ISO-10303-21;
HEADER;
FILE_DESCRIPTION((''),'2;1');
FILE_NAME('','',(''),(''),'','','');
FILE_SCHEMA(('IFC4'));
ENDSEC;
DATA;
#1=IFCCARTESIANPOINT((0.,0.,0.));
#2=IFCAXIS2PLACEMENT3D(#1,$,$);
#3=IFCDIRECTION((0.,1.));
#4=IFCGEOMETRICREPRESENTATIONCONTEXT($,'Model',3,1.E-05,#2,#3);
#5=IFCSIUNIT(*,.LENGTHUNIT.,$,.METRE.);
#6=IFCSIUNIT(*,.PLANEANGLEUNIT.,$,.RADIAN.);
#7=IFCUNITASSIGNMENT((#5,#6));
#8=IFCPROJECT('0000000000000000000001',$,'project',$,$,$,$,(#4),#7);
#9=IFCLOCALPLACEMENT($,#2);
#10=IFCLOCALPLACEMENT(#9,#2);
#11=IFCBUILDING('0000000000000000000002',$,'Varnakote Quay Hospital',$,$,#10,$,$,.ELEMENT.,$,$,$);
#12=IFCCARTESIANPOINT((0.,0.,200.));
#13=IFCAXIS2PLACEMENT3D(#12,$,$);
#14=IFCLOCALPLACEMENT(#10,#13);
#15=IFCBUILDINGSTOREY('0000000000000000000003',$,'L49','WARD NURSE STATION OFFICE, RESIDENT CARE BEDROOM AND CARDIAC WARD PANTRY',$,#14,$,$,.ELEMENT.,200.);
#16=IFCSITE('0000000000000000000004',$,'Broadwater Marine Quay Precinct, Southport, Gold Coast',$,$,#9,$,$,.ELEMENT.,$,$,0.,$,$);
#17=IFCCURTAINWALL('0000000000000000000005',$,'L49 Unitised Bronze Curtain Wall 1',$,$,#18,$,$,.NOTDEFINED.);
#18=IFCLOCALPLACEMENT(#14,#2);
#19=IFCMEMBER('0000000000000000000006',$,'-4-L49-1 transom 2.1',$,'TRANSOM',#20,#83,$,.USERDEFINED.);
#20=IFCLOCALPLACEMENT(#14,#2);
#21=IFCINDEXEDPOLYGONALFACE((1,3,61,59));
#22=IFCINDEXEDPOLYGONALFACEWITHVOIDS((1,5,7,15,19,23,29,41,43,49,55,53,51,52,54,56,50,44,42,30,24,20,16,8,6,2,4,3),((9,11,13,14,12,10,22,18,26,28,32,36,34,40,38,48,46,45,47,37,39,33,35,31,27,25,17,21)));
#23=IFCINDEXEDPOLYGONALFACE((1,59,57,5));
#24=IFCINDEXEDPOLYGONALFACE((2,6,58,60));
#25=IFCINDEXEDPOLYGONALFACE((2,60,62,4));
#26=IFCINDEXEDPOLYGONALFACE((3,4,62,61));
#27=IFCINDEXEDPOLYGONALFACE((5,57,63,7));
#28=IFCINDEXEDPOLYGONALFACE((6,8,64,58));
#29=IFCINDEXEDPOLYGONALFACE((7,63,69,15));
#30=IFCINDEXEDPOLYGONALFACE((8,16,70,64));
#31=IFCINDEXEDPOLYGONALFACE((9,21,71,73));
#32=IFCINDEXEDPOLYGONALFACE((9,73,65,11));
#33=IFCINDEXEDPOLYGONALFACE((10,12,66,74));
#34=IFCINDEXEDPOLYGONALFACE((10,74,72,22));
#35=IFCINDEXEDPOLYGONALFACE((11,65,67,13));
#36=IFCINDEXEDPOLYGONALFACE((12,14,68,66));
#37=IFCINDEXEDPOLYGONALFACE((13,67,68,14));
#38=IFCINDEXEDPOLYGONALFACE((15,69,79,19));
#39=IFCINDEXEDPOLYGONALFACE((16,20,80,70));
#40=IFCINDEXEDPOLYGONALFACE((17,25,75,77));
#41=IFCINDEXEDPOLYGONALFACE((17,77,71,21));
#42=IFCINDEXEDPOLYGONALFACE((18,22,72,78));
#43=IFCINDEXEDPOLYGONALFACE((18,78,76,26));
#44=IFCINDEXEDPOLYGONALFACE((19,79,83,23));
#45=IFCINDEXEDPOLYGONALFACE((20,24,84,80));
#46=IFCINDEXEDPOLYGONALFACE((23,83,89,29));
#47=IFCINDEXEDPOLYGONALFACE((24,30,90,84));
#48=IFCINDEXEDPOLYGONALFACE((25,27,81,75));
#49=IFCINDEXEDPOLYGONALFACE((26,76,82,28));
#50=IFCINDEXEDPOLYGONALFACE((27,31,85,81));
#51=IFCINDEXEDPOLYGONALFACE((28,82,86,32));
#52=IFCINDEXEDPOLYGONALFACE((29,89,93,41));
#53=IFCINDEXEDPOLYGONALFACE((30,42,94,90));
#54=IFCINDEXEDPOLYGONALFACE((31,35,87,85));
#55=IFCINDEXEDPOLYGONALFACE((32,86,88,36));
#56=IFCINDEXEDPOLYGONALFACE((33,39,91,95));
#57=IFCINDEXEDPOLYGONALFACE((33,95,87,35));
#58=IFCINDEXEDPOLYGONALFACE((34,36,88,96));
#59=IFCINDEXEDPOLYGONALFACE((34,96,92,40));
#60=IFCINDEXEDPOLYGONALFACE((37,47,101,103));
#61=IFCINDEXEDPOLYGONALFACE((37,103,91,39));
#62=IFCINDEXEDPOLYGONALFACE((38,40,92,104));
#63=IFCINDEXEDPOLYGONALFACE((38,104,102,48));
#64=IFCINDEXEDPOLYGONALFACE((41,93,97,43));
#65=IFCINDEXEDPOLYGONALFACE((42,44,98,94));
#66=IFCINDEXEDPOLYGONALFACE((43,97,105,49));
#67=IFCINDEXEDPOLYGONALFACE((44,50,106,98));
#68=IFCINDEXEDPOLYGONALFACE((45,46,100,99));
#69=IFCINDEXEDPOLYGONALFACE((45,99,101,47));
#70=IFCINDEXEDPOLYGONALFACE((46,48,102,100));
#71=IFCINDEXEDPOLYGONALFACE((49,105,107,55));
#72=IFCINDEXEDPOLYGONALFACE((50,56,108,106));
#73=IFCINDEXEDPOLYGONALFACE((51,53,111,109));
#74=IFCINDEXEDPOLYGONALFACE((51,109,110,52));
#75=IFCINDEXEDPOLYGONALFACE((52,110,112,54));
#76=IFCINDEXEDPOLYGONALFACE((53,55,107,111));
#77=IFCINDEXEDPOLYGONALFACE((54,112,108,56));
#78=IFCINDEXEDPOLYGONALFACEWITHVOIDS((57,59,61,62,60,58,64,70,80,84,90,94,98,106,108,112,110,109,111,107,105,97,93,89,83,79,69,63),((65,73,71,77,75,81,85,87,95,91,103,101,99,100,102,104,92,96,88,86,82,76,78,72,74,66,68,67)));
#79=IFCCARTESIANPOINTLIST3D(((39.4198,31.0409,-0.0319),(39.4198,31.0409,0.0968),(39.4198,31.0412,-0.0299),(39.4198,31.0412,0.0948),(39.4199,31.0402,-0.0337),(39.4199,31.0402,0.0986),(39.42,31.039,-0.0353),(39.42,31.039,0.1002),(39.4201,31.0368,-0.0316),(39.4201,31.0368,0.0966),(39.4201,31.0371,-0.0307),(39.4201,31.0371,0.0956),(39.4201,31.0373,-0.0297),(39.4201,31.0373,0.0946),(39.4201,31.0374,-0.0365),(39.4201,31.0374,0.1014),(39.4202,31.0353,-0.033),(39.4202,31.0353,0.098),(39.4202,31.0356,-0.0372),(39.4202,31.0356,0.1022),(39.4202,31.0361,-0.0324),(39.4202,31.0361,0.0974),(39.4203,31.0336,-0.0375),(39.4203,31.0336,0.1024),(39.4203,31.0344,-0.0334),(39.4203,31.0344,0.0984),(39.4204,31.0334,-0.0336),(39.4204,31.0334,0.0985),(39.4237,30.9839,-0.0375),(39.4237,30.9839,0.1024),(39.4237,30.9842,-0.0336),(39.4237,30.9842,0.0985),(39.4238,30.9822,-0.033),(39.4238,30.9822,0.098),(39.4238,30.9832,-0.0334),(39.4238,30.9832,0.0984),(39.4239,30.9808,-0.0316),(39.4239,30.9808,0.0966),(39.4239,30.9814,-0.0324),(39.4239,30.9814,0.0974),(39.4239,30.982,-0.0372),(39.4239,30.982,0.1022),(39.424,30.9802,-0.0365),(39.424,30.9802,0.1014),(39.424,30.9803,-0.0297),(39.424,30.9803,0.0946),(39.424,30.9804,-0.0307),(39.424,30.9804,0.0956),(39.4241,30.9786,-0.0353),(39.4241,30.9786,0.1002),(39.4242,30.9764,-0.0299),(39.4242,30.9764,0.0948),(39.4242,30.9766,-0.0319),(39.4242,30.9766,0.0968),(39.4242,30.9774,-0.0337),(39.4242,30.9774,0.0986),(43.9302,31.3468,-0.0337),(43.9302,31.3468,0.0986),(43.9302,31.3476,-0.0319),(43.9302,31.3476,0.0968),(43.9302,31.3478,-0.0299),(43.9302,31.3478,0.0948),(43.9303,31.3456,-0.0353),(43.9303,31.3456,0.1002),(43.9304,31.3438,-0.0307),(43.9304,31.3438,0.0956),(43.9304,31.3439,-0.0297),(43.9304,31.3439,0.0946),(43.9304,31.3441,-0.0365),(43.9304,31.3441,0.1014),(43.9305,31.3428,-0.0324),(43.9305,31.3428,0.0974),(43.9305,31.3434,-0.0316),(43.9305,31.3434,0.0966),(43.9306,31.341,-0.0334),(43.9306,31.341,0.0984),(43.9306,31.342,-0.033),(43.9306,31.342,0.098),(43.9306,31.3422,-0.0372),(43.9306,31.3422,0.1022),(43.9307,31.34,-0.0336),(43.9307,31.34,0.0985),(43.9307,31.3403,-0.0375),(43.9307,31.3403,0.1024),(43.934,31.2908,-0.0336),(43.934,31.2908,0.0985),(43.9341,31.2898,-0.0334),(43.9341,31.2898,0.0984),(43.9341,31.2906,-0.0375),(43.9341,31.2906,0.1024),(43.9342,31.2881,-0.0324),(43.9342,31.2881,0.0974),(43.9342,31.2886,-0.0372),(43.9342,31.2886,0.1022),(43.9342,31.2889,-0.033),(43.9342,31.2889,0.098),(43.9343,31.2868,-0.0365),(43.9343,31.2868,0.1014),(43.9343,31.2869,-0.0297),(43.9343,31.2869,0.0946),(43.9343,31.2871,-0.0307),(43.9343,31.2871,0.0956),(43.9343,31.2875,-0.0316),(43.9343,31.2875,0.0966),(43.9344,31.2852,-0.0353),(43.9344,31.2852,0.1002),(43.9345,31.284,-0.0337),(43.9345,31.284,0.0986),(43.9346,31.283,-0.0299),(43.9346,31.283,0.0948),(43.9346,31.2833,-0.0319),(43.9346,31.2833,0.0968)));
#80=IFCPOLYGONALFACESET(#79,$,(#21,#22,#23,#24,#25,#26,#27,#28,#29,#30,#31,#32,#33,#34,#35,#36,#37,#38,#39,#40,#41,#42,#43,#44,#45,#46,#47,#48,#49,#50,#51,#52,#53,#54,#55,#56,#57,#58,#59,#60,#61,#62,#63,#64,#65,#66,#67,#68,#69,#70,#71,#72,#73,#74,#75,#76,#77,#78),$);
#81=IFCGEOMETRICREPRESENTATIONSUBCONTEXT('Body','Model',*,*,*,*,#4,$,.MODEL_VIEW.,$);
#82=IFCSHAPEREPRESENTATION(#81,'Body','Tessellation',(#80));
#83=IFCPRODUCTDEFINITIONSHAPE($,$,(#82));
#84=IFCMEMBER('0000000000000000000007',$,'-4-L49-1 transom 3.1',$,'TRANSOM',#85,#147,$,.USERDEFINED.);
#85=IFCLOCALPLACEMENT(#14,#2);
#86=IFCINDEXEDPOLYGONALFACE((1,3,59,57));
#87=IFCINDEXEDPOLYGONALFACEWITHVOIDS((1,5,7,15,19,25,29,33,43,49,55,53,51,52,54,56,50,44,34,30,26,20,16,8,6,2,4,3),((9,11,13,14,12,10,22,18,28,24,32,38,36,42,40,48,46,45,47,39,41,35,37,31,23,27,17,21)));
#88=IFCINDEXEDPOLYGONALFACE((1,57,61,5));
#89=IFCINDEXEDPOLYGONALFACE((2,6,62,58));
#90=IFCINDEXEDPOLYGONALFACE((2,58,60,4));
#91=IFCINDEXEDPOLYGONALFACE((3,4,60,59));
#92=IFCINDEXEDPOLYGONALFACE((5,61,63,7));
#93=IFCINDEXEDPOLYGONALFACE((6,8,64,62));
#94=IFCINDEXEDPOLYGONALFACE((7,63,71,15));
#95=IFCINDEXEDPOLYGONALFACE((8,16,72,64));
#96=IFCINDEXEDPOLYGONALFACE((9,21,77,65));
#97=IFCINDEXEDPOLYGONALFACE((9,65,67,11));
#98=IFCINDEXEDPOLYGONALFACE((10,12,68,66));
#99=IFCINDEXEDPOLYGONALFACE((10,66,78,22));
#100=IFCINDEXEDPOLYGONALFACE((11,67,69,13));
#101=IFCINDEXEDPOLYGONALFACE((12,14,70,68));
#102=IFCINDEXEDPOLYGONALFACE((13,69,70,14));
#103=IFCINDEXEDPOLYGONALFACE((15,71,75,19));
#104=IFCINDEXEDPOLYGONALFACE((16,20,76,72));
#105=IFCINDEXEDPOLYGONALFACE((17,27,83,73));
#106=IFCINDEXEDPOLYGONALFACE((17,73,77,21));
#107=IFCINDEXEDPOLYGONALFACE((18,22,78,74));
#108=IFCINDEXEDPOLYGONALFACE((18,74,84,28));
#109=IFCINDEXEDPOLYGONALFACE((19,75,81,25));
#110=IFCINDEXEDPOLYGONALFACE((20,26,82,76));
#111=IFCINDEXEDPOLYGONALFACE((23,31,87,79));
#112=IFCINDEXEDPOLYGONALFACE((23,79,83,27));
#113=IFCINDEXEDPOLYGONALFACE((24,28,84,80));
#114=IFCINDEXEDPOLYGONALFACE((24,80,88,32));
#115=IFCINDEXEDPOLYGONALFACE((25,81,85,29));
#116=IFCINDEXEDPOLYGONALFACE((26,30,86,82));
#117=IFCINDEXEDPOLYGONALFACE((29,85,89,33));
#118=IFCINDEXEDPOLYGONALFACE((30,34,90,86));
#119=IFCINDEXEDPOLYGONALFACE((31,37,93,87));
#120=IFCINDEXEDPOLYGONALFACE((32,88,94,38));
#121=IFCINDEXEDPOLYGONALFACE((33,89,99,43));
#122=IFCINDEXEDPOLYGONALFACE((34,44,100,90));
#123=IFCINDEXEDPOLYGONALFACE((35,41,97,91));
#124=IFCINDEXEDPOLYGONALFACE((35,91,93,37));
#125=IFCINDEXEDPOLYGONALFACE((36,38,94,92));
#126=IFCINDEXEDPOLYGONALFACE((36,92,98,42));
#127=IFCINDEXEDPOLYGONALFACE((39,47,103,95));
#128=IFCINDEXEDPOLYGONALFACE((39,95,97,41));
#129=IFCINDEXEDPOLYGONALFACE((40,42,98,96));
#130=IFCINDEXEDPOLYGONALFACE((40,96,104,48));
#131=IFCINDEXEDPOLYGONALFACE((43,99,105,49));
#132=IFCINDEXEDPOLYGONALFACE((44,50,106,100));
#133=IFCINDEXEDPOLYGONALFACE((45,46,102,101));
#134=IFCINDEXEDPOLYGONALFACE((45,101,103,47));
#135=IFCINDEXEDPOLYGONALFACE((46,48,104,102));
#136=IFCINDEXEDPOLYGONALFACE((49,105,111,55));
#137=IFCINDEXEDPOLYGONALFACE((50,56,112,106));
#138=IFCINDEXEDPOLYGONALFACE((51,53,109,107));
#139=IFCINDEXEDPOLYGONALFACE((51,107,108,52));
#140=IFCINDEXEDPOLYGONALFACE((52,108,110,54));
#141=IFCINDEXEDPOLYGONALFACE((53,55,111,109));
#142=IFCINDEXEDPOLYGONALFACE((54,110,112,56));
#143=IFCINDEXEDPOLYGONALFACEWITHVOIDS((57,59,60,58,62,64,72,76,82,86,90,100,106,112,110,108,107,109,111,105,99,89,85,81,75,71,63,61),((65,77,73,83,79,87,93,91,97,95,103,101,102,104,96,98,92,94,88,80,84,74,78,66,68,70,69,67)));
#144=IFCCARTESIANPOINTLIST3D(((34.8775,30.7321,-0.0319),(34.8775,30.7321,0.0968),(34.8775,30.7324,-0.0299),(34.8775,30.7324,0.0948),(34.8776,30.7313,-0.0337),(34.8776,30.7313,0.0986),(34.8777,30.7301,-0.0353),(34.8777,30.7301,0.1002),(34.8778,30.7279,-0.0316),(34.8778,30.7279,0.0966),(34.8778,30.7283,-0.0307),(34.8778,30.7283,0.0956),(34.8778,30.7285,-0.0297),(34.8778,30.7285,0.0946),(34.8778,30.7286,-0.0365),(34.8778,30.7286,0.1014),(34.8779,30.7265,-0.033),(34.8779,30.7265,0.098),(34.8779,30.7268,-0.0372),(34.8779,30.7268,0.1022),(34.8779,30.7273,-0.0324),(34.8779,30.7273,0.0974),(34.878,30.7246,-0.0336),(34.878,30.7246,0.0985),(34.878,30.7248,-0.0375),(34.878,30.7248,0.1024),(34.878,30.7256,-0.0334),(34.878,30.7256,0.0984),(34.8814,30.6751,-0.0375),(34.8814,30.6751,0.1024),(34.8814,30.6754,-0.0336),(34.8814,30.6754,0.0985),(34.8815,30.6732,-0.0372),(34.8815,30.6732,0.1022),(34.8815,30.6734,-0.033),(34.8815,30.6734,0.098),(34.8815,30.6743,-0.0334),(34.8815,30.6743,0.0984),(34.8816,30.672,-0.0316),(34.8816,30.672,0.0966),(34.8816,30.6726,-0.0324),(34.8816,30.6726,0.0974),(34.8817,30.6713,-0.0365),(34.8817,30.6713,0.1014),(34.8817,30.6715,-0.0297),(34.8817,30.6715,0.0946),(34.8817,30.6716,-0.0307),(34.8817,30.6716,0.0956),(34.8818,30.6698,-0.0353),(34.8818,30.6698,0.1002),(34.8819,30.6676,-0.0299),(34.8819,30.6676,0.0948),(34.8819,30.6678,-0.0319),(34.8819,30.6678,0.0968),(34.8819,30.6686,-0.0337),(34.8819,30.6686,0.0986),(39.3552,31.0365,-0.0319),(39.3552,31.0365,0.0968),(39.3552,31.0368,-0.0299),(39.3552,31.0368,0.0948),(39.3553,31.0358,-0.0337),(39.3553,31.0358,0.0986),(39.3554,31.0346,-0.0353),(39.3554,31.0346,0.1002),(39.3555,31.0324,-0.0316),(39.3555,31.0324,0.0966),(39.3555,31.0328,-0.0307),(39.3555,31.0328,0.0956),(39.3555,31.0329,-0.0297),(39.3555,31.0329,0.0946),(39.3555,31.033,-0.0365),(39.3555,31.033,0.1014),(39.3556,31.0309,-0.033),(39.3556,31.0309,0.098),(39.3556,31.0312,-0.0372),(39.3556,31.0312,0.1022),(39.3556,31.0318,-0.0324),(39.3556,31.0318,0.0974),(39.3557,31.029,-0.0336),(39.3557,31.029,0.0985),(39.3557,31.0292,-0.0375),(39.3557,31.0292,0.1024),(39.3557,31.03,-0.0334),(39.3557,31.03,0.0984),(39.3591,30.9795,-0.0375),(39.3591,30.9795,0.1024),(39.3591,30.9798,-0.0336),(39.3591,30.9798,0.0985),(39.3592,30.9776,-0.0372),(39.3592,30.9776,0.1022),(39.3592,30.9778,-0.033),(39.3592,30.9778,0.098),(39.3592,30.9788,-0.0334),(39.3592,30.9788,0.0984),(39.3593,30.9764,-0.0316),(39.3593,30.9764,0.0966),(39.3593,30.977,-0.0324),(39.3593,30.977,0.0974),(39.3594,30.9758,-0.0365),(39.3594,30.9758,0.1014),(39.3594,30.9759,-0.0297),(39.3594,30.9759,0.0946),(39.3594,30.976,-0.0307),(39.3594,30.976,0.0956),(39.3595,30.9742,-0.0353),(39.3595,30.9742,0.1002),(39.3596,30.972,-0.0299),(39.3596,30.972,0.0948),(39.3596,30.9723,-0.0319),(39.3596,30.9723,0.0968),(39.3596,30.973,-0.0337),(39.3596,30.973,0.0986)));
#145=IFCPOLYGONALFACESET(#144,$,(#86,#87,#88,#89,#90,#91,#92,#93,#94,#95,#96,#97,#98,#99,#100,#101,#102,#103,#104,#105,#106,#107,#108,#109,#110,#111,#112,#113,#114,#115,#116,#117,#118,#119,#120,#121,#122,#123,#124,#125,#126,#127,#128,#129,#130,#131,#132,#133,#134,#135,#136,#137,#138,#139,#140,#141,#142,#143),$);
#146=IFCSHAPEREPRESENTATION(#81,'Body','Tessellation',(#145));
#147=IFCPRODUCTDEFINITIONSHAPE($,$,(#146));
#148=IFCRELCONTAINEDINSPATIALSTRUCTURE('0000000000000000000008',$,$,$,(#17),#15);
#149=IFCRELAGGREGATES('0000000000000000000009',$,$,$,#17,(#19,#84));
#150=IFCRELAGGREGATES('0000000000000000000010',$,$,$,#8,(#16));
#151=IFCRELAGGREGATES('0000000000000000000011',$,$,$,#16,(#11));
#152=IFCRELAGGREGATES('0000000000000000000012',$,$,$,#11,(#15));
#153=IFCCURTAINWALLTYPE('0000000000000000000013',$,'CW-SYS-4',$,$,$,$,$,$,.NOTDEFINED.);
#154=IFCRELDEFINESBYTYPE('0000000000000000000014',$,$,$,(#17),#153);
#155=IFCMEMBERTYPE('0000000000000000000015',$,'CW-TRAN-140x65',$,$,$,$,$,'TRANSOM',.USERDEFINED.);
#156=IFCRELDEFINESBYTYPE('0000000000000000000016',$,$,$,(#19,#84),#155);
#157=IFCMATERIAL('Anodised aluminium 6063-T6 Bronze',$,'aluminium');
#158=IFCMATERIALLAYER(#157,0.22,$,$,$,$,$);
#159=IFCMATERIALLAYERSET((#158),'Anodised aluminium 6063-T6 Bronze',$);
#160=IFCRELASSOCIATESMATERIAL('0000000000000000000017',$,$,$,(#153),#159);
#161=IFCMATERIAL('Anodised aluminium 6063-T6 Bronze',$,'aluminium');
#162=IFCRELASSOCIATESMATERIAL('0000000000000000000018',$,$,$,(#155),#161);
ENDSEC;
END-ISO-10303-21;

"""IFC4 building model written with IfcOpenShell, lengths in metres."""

from ifc_helpers import new_model, si_unit, direction, frame, origin, origin_2d, place, context, subcontext, project, spatial, hollow_rectangle, extrude, material, layer, layer_set, material_profile, profile_set, type_object, element, aggregate, save


model = new_model("IFC4")

# Units and contexts
model_context = context("Model", 3, precision=1e-05, world=origin(), true_north=direction((0.0, 1.0)))
body_context = subcontext(model_context, "Body", "Model", "MODEL_VIEW")
ifc_project = project(units=[si_unit("LENGTHUNIT", "METRE"), si_unit("PLANEANGLEUNIT", "RADIAN")], contexts=[model_context])

# Site, building, storey
site_placement = place(None, origin())
site = spatial("IfcSite", under=ifc_project, at=site_placement, Name="Broadwater Marine Quay Precinct, Southport, Gold Coast", CompositionType="ELEMENT", RefElevation=0.0)
building_placement = place(site_placement, origin())
building = spatial("IfcBuilding", under=site, at=building_placement, Name="Varnakote Quay Hospital", CompositionType="ELEMENT")
storey_placement = place(building_placement, frame((0.0, 0.0, 200.0)))
storey = spatial("IfcBuildingStorey", under=building, at=storey_placement, Name="L49", Description="WARD NURSE STATION OFFICE, RESIDENT CARE BEDROOM AND CARDIAC WARD PANTRY", CompositionType="ELEMENT", Elevation=200.0)

# Curtain wall, members
ifc_material_1 = material(Name="Anodised aluminium 6063-T6 Bronze", Category="aluminium")
ifc_layer_1 = layer(ifc_material_1, 0.22)
ifc_layer_set_1 = layer_set([ifc_layer_1], Name="Anodised aluminium 6063-T6 Bronze")
curtain_wall_type = type_object("IfcCurtainWallType", Name="CW-SYS-4", PredefinedType="NOTDEFINED", material=ifc_layer_set_1)
curtain_wall_placement = place(storey_placement, origin())
curtain_wall = element("IfcCurtainWall", 1, at=curtain_wall_placement, inside=storey, type_object=curtain_wall_type, Name="L49 Unitised Bronze Curtain Wall 1", PredefinedType="NOTDEFINED")
ifc_material_2 = material(Name="Anodised aluminium 6063-T6 Bronze", Category="aluminium")
ifc_material_profile_1 = material_profile(ifc_material_2, hollow_rectangle(XDim=0.0649, YDim=0.1399, WallThickness=0.0039, InnerFilletRadius=0.0039, OuterFilletRadius=0.0076, at=origin_2d()), Name="CW-TRAN-140x65")
ifc_profile_set_1 = profile_set([ifc_material_profile_1], Name="Anodised aluminium 6063-T6 Bronze")
member_type_1 = type_object("IfcMemberType", Name="CW-TRAN-140x65", ElementType="TRANSOM", PredefinedType="USERDEFINED", material=ifc_profile_set_1)
member_1_placement = place(storey_placement, frame((43.9324, 31.3154, 0.0325), z_axis=(-0.997697, -0.067831, 0.0), x_axis=(0.067831, -0.997697, 0.0)))
member_1 = element("IfcMember", 2, at=member_1_placement, type_object=member_type_1, Name="-4-L49-1 transom 2.1", ObjectType="TRANSOM", PredefinedType="USERDEFINED", context=body_context, shape_type="SweptSolid", body=[
    extrude(hollow_rectangle(XDim=0.0649, YDim=0.1399, WallThickness=0.0039, InnerFilletRadius=0.0039, OuterFilletRadius=0.0076, at=origin_2d()), origin(), (0.0, 0.0, 1.0), 4.5208),
])
member_2_placement = place(storey_placement, frame((39.3574, 31.0044, 0.0325), z_axis=(-0.997697, -0.067833, 0.0), x_axis=(0.067833, -0.997697, 0.0)))
member_2 = element("IfcMember", 3, at=member_2_placement, type_object=member_type_1, Name="-4-L49-1 transom 3.1", ObjectType="TRANSOM", PredefinedType="USERDEFINED", context=body_context, shape_type="SweptSolid", body=[
    extrude(hollow_rectangle(XDim=0.0649, YDim=0.1399, WallThickness=0.0039, InnerFilletRadius=0.0039, OuterFilletRadius=0.0076, at=origin_2d()), origin(), (0.0, 0.0, 1.0), 4.488),
])
aggregate(curtain_wall, [member_1, member_2])

save(model, "model.ifc")
